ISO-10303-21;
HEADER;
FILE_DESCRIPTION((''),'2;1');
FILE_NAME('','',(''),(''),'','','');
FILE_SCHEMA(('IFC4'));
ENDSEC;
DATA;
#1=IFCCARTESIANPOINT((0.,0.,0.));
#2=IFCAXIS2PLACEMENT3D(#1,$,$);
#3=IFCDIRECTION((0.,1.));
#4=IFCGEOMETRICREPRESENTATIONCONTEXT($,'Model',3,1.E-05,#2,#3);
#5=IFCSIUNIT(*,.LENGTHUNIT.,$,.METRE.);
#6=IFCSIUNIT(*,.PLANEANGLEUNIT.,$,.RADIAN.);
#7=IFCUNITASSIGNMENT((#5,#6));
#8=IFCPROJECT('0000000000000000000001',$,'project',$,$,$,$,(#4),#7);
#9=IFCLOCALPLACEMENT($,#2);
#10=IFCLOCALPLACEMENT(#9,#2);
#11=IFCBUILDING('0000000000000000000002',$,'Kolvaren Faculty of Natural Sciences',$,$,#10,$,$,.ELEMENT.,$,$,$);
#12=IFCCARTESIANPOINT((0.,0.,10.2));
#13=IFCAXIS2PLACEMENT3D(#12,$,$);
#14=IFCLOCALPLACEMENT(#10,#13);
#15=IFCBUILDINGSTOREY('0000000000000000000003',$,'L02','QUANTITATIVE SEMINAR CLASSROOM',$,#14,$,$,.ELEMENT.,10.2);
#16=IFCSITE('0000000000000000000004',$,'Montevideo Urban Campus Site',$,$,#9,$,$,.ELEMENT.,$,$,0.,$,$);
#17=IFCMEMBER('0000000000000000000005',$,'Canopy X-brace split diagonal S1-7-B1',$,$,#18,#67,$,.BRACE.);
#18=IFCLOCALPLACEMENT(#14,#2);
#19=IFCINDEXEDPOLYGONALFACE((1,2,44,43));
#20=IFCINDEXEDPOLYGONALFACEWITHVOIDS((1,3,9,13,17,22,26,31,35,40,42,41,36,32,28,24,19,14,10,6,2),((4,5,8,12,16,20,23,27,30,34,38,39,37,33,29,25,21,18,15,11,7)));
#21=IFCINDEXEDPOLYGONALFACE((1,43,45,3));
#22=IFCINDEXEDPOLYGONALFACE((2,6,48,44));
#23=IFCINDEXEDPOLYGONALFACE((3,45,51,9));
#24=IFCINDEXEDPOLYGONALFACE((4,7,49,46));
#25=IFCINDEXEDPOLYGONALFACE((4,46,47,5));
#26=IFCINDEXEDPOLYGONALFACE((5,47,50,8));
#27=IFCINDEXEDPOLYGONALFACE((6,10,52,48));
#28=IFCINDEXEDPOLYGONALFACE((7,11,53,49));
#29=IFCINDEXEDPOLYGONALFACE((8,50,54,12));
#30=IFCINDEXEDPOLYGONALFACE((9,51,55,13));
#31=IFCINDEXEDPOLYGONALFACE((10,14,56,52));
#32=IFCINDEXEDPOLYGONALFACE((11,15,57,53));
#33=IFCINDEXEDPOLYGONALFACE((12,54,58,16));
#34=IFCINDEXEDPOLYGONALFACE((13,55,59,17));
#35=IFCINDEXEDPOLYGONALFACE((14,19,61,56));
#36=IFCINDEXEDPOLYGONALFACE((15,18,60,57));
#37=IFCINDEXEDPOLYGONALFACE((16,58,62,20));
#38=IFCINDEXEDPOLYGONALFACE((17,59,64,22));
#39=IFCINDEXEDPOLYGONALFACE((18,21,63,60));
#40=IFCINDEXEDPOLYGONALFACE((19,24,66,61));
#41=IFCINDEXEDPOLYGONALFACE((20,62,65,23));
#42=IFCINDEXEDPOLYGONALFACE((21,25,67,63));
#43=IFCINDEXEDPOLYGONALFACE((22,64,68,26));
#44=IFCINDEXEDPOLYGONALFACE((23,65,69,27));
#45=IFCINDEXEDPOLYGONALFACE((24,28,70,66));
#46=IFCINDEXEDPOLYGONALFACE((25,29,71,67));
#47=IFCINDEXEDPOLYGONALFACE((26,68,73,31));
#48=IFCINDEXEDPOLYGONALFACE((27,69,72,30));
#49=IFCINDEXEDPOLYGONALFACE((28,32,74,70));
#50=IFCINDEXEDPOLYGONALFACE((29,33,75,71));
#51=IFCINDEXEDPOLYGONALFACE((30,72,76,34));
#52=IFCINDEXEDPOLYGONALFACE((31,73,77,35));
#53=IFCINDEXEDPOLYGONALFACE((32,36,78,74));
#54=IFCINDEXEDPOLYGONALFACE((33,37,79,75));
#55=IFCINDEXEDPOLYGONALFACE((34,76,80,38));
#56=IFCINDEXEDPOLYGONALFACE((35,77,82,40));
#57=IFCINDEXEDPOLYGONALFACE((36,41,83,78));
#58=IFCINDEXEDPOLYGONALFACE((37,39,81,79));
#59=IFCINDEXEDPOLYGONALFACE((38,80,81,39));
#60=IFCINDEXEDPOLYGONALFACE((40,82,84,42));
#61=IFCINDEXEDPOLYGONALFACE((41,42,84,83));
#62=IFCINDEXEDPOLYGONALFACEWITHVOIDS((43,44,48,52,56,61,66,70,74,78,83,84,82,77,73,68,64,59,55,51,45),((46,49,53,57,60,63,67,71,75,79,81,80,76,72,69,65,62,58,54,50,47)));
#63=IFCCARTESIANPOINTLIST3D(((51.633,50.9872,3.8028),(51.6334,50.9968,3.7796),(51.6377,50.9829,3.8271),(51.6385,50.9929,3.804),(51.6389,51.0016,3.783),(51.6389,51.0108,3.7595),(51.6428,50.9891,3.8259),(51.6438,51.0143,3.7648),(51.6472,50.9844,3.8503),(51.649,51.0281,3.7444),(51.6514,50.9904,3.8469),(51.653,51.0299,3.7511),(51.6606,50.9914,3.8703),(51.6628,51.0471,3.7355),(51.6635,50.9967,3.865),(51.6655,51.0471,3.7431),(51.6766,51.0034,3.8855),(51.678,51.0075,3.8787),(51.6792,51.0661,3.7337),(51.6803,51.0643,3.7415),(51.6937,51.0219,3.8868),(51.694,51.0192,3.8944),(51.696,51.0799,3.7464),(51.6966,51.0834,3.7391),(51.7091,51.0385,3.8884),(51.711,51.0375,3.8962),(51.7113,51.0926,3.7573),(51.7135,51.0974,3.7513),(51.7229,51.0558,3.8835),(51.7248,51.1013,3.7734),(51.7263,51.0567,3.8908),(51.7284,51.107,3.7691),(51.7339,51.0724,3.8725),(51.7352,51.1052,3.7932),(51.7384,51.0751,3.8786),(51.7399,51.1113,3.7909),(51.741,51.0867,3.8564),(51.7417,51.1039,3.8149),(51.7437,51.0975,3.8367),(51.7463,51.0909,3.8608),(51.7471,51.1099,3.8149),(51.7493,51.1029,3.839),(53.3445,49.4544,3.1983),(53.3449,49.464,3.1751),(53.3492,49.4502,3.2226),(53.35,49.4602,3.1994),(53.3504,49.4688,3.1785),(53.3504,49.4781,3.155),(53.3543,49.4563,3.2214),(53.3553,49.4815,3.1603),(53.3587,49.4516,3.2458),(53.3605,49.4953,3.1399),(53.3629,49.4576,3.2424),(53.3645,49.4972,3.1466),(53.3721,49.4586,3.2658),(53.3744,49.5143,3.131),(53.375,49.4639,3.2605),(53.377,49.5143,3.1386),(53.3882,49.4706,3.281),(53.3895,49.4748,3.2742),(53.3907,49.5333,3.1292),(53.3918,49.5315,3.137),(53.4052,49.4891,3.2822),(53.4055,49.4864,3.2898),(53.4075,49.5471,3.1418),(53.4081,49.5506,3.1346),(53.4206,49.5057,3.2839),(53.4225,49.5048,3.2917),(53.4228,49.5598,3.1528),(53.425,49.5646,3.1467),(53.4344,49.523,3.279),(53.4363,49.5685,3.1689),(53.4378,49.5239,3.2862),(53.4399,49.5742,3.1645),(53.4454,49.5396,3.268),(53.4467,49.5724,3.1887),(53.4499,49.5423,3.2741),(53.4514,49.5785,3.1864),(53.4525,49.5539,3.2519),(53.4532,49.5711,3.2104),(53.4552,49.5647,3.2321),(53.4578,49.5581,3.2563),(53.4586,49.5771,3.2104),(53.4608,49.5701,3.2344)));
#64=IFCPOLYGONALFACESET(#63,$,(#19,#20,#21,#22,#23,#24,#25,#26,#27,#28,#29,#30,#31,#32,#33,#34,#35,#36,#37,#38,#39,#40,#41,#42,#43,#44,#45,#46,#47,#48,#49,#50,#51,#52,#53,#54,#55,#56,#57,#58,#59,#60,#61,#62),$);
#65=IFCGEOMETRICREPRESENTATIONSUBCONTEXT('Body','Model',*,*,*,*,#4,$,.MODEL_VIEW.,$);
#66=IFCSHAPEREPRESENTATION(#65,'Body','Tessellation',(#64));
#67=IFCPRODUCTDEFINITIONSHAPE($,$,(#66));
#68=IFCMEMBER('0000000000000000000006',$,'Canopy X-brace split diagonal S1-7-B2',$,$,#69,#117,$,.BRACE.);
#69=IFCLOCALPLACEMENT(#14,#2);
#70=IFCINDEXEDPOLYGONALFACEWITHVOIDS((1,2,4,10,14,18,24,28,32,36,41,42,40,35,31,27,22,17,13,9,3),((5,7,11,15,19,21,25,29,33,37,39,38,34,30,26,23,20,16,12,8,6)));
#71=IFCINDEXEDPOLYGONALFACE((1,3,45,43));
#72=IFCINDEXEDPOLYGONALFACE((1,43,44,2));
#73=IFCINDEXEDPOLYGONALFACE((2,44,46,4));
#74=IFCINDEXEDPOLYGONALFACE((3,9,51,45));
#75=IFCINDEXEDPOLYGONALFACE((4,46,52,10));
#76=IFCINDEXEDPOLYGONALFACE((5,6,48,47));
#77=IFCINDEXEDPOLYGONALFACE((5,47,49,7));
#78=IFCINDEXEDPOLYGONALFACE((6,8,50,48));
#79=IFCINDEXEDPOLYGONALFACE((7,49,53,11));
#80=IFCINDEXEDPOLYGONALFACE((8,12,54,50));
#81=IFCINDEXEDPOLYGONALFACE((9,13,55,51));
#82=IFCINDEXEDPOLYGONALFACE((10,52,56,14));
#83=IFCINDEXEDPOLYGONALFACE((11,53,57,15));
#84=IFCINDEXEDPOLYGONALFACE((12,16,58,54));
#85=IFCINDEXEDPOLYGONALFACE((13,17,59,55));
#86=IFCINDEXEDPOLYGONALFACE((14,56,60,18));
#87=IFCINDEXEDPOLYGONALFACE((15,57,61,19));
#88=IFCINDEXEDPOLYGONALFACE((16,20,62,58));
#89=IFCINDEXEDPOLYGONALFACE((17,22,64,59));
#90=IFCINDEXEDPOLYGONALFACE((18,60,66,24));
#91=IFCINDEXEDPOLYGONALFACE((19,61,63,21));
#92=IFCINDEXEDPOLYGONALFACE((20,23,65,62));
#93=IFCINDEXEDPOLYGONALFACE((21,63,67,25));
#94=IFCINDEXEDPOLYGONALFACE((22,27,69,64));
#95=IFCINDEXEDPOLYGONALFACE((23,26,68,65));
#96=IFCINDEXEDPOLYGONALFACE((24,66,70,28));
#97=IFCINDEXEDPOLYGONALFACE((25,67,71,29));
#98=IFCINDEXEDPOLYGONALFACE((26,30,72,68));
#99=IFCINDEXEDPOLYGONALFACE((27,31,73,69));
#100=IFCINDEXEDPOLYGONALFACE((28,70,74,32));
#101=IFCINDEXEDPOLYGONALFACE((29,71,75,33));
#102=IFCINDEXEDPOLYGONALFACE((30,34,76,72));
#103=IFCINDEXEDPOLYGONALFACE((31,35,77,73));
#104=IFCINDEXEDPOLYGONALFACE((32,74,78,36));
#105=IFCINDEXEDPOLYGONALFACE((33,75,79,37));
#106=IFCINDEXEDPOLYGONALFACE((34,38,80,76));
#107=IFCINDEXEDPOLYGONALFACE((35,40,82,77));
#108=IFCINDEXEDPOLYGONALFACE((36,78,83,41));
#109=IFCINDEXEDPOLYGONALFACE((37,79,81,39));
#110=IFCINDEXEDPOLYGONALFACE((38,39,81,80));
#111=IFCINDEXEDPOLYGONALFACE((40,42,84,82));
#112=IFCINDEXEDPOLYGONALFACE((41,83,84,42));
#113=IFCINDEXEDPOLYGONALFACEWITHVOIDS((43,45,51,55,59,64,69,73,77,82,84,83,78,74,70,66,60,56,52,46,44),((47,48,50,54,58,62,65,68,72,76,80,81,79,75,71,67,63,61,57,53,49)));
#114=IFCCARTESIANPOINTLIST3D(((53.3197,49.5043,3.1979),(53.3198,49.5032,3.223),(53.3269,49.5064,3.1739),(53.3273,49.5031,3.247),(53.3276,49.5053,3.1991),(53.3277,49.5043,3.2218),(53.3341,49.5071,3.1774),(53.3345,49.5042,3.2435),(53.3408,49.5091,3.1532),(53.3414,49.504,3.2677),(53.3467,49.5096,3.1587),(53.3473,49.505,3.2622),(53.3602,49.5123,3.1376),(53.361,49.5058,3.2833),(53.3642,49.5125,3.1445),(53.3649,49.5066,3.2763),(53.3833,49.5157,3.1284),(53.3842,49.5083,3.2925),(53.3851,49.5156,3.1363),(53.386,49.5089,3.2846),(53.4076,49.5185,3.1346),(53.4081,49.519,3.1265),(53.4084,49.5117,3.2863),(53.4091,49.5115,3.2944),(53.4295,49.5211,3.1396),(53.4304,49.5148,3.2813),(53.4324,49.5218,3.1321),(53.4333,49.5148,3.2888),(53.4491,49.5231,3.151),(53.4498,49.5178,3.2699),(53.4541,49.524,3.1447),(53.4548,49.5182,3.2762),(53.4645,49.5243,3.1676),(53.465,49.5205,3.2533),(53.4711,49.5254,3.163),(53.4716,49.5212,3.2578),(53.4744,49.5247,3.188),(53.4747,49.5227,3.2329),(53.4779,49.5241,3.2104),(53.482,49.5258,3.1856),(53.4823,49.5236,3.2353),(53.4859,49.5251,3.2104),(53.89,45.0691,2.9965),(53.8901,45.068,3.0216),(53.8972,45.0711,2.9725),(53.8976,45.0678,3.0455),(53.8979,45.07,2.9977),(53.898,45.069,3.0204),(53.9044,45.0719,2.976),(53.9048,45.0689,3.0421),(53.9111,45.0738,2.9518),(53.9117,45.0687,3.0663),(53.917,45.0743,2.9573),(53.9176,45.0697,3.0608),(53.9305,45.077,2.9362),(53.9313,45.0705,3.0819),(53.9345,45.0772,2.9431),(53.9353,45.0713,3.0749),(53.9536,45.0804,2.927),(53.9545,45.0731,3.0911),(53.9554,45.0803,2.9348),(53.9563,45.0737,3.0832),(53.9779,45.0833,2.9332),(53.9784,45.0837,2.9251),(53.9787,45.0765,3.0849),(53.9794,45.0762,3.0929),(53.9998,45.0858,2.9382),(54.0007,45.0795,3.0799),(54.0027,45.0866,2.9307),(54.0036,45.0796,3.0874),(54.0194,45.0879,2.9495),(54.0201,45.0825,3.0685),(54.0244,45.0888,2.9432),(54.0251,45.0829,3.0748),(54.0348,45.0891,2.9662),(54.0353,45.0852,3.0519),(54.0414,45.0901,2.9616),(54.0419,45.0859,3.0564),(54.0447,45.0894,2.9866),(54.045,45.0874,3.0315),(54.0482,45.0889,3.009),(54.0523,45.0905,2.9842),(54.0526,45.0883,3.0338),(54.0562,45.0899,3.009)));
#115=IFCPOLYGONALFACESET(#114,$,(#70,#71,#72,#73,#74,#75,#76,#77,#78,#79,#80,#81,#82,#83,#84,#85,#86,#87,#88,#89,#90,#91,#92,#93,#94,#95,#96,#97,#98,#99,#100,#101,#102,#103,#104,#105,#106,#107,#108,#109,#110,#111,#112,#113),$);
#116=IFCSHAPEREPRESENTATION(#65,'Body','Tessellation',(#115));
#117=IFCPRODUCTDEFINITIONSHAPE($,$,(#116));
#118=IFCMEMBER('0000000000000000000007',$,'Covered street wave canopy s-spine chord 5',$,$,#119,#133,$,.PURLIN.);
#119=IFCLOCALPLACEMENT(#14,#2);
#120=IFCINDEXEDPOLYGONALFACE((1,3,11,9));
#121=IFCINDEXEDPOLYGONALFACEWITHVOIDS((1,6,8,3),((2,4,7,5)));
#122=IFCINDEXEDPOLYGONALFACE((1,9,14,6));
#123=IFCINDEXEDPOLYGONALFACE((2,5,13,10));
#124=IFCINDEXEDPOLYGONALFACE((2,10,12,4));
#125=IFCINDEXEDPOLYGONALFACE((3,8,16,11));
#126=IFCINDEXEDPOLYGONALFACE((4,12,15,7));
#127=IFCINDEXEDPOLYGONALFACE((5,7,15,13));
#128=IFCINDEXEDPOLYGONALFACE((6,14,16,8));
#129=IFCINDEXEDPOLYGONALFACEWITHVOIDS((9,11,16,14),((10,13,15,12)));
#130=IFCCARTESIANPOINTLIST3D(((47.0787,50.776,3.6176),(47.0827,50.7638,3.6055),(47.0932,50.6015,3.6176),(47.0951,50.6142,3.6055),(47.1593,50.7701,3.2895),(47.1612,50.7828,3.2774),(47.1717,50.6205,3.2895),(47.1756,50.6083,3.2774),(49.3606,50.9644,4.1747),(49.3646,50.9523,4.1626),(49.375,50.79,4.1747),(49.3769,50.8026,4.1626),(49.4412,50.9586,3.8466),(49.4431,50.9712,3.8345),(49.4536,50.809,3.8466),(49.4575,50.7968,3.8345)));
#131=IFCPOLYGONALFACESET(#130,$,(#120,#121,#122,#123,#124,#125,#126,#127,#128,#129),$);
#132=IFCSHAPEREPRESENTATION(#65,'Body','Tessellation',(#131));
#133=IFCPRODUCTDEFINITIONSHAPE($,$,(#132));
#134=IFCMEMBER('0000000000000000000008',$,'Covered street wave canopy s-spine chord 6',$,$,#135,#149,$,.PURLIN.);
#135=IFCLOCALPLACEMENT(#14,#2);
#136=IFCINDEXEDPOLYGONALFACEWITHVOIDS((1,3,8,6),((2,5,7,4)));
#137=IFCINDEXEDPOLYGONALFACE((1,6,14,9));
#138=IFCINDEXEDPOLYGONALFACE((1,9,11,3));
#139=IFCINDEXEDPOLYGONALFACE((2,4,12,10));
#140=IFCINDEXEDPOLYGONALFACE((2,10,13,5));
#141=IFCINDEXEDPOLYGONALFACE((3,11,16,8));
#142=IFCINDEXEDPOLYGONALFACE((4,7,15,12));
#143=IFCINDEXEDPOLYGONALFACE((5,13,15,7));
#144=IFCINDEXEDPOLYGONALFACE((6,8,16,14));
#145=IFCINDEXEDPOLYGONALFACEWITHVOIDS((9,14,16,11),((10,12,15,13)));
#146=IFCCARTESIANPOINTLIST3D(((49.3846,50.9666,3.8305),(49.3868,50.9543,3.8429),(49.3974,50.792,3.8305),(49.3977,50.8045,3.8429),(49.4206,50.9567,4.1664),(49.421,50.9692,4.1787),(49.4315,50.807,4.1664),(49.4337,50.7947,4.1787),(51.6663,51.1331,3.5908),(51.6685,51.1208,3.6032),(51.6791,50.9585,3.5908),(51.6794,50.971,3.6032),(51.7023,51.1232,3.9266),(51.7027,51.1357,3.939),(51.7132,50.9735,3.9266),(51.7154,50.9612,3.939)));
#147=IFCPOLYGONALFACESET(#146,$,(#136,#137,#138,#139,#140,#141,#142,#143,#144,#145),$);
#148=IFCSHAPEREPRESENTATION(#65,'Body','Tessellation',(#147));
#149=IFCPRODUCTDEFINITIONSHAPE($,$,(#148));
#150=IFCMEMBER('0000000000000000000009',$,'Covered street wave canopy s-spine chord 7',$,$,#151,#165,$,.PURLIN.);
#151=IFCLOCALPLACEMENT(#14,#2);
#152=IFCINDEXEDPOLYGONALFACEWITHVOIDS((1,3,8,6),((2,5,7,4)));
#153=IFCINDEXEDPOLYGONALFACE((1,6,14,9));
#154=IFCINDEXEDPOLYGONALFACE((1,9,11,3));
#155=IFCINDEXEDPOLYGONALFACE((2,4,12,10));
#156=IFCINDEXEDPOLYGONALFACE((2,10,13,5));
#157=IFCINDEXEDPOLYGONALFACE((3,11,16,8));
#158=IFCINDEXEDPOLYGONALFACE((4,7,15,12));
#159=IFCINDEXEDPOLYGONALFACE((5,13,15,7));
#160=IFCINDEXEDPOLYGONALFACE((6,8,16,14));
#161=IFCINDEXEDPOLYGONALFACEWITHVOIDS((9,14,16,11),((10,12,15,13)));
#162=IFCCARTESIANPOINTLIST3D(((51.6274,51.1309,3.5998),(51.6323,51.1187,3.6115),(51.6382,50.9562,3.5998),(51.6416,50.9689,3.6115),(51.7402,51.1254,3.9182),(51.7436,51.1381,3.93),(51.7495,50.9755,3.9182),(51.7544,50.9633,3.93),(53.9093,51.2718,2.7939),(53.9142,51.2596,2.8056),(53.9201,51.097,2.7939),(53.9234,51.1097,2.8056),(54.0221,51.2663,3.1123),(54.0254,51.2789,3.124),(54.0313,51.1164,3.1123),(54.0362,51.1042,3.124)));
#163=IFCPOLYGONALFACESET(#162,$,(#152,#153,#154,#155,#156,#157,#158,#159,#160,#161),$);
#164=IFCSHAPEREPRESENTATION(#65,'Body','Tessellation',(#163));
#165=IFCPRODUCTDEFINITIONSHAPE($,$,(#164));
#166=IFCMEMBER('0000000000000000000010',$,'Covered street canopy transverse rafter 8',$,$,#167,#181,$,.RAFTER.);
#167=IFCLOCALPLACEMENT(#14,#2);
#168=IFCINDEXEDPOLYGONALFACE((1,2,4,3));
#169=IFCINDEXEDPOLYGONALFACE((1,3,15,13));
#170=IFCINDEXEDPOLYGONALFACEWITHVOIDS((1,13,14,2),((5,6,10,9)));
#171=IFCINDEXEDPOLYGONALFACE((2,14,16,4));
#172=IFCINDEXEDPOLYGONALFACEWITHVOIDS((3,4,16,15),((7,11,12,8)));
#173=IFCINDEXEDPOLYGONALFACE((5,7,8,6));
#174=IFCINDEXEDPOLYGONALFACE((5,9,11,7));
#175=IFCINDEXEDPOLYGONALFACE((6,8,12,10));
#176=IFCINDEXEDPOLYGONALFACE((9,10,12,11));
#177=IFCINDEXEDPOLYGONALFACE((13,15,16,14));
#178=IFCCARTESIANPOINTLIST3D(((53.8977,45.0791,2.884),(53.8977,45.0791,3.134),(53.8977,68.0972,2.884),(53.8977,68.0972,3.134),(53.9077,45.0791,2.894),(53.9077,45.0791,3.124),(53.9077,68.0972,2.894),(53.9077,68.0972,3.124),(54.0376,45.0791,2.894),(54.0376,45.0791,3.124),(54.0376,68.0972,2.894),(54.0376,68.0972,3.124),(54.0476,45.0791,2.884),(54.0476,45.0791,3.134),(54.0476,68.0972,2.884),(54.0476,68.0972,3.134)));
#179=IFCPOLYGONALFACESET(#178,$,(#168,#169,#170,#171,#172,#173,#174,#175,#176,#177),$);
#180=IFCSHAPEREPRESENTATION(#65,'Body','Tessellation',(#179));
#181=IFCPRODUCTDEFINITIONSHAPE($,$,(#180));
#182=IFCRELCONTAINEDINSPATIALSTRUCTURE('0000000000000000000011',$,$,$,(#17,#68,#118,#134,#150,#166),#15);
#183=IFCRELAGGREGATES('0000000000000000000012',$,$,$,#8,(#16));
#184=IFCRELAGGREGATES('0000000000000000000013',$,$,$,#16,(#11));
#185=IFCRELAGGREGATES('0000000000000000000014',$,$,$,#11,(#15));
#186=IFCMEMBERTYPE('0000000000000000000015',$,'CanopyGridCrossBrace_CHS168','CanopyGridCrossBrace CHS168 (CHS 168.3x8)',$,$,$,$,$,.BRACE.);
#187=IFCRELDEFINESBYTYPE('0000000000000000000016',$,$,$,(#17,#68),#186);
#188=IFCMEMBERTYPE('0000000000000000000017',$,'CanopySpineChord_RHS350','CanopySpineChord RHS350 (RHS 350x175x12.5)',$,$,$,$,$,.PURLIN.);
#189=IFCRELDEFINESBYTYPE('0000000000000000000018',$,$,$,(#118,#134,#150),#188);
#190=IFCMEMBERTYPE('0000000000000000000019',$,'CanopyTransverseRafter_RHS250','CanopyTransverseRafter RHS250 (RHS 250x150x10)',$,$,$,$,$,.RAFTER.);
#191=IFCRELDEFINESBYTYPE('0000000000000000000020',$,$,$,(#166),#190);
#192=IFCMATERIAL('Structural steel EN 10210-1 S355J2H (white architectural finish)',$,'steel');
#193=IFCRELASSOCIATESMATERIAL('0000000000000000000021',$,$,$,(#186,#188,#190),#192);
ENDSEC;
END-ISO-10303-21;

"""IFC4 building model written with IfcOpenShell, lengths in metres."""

from ifc_helpers import new_model, si_unit, direction, frame, origin, origin_2d, place, context, subcontext, project, spatial, hollow_rectangle, hollow_circle, extrude, material, material_profile, profile_set, type_object, element, save


model = new_model("IFC4")

# Units and contexts
model_context = context("Model", 3, precision=1e-05, world=origin(), true_north=direction((0.0, 1.0)))
body_context = subcontext(model_context, "Body", "Model", "MODEL_VIEW")
ifc_project = project(units=[si_unit("LENGTHUNIT", "METRE"), si_unit("PLANEANGLEUNIT", "RADIAN")], contexts=[model_context])

# Site, building, storey
site_placement = place(None, origin())
site = spatial("IfcSite", under=ifc_project, at=site_placement, Name="Montevideo Urban Campus Site", CompositionType="ELEMENT", RefElevation=0.0)
building_placement = place(site_placement, origin())
building = spatial("IfcBuilding", under=site, at=building_placement, Name="Kolvaren Faculty of Natural Sciences", CompositionType="ELEMENT")
storey_placement = place(building_placement, frame((0.0, 0.0, 10.2)))
storey = spatial("IfcBuildingStorey", under=building, at=storey_placement, Name="L02", Description="QUANTITATIVE SEMINAR CLASSROOM", CompositionType="ELEMENT", Elevation=10.2)

# Members
ifc_material_1 = material(Name="Structural steel EN 10210-1 S355J2H (white architectural finish)", Category="steel")
ifc_material_profile_1 = material_profile(ifc_material_1, hollow_circle(Radius=0.0842, WallThickness=0.0081, at=origin_2d()), Name="CHS 168.3x8")
ifc_profile_set_1 = profile_set([ifc_material_profile_1], Name="Structural steel EN 10210-1 S355J2H (white architectural finish)")
member_type_1 = type_object("IfcMemberType", Name="CanopyGridCrossBrace_CHS168", Description="CanopyGridCrossBrace CHS168 (CHS 168.3x8)", PredefinedType="BRACE", material=ifc_profile_set_1)
member_1_placement = place(storey_placement, frame((51.6909, 51.0471, 3.8149), z_axis=(0.72041, -0.645183, -0.254456), x_axis=(0.667143, 0.74493, 0.0)))
element("IfcMember", 1, at=member_1_placement, inside=storey, type_object=member_type_1, Name="Canopy X-brace split diagonal S1-7-B1", PredefinedType="BRACE", context=body_context, shape_type="SweptSolid", body=[
    extrude(hollow_circle(Radius=0.0842, WallThickness=0.0081, at=origin_2d()), origin(), (0.0, 0.0, 1.0), 2.3757),
])
member_2_placement = place(storey_placement, frame((53.4023, 49.5144, 3.2104), z_axis=(0.127406, -0.99083, -0.044996), x_axis=(0.991834, 0.127535, 0.0)))
element("IfcMember", 2, at=member_2_placement, inside=storey, type_object=member_type_1, Name="Canopy X-brace split diagonal S1-7-B2", PredefinedType="BRACE", context=body_context, shape_type="SweptSolid", body=[
    extrude(hollow_circle(Radius=0.0842, WallThickness=0.0081, at=origin_2d()), origin(), (0.0, 0.0, 1.0), 4.4763),
])
ifc_material_profile_2 = material_profile(ifc_material_1, hollow_rectangle(XDim=0.175, YDim=0.3501, WallThickness=0.0125, at=origin_2d()), Name="RHS 350x175x12.5")
ifc_profile_set_2 = profile_set([ifc_material_profile_2], Name="Structural steel EN 10210-1 S355J2H (white architectural finish)")
member_type_2 = type_object("IfcMemberType", Name="CanopySpineChord_RHS350", Description="CanopySpineChord RHS350 (RHS 350x175x12.5)", PredefinedType="PURLIN", material=ifc_profile_set_2)
member_3_placement = place(storey_placement, frame((47.1272, 50.6921, 3.4475), z_axis=(0.968355, 0.07998, 0.236417), x_axis=(-0.082313, 0.996607, 0.0)))
element("IfcMember", 3, at=member_3_placement, inside=storey, type_object=member_type_2, Name="Covered street wave canopy s-spine chord 5", PredefinedType="PURLIN", context=body_context, shape_type="SweptSolid", body=[
    extrude(hollow_rectangle(XDim=0.175, YDim=0.3501, WallThickness=0.0125, at=origin_2d()), origin(), (0.0, 0.0, 1.0), 2.3564),
])
member_4_placement = place(storey_placement, frame((49.4092, 50.8806, 4.0046), z_axis=(0.991917, 0.072383, -0.104222), x_axis=(-0.072779, 0.997348, 0.0)))
element("IfcMember", 4, at=member_4_placement, inside=storey, type_object=member_type_2, Name="Covered street wave canopy s-spine chord 6", PredefinedType="PURLIN", context=body_context, shape_type="SweptSolid", body=[
    extrude(hollow_rectangle(XDim=0.175, YDim=0.3501, WallThickness=0.0125, at=origin_2d()), origin(), (0.0, 0.0, 1.0), 2.3003),
])
member_5_placement = place(storey_placement, frame((51.6909, 51.0471, 3.7649), z_axis=(0.94132, 0.058115, -0.332474), x_axis=(-0.06162, 0.9981, 0.0)))
element("IfcMember", 5, at=member_5_placement, inside=storey, type_object=member_type_2, Name="Covered street wave canopy s-spine chord 7", PredefinedType="PURLIN", context=body_context, shape_type="SweptSolid", body=[
    extrude(hollow_rectangle(XDim=0.175, YDim=0.3501, WallThickness=0.0125, at=origin_2d()), origin(), (0.0, 0.0, 1.0), 2.4241),
])
ifc_material_profile_3 = material_profile(ifc_material_1, hollow_rectangle(XDim=0.1499, YDim=0.25, WallThickness=0.01, at=origin_2d()), Name="RHS 250x150x10")
ifc_profile_set_3 = profile_set([ifc_material_profile_3], Name="Structural steel EN 10210-1 S355J2H (white architectural finish)")
member_type_3 = type_object("IfcMemberType", Name="CanopyTransverseRafter_RHS250", Description="CanopyTransverseRafter RHS250 (RHS 250x150x10)", PredefinedType="RAFTER", material=ifc_profile_set_3)
member_6_placement = place(storey_placement, frame((53.9727, 45.0791, 3.009), z_axis=(0.0, 1.0, 0.0), x_axis=(-1.0, 0.0, 0.0)))
element("IfcMember", 6, at=member_6_placement, inside=storey, type_object=member_type_3, Name="Covered street canopy transverse rafter 8", PredefinedType="RAFTER", context=body_context, shape_type="SweptSolid", body=[
    extrude(hollow_rectangle(XDim=0.1499, YDim=0.25, WallThickness=0.01, at=origin_2d()), origin(), (0.0, 0.0, 1.0), 23.0181),
])

save(model, "model.ifc")
